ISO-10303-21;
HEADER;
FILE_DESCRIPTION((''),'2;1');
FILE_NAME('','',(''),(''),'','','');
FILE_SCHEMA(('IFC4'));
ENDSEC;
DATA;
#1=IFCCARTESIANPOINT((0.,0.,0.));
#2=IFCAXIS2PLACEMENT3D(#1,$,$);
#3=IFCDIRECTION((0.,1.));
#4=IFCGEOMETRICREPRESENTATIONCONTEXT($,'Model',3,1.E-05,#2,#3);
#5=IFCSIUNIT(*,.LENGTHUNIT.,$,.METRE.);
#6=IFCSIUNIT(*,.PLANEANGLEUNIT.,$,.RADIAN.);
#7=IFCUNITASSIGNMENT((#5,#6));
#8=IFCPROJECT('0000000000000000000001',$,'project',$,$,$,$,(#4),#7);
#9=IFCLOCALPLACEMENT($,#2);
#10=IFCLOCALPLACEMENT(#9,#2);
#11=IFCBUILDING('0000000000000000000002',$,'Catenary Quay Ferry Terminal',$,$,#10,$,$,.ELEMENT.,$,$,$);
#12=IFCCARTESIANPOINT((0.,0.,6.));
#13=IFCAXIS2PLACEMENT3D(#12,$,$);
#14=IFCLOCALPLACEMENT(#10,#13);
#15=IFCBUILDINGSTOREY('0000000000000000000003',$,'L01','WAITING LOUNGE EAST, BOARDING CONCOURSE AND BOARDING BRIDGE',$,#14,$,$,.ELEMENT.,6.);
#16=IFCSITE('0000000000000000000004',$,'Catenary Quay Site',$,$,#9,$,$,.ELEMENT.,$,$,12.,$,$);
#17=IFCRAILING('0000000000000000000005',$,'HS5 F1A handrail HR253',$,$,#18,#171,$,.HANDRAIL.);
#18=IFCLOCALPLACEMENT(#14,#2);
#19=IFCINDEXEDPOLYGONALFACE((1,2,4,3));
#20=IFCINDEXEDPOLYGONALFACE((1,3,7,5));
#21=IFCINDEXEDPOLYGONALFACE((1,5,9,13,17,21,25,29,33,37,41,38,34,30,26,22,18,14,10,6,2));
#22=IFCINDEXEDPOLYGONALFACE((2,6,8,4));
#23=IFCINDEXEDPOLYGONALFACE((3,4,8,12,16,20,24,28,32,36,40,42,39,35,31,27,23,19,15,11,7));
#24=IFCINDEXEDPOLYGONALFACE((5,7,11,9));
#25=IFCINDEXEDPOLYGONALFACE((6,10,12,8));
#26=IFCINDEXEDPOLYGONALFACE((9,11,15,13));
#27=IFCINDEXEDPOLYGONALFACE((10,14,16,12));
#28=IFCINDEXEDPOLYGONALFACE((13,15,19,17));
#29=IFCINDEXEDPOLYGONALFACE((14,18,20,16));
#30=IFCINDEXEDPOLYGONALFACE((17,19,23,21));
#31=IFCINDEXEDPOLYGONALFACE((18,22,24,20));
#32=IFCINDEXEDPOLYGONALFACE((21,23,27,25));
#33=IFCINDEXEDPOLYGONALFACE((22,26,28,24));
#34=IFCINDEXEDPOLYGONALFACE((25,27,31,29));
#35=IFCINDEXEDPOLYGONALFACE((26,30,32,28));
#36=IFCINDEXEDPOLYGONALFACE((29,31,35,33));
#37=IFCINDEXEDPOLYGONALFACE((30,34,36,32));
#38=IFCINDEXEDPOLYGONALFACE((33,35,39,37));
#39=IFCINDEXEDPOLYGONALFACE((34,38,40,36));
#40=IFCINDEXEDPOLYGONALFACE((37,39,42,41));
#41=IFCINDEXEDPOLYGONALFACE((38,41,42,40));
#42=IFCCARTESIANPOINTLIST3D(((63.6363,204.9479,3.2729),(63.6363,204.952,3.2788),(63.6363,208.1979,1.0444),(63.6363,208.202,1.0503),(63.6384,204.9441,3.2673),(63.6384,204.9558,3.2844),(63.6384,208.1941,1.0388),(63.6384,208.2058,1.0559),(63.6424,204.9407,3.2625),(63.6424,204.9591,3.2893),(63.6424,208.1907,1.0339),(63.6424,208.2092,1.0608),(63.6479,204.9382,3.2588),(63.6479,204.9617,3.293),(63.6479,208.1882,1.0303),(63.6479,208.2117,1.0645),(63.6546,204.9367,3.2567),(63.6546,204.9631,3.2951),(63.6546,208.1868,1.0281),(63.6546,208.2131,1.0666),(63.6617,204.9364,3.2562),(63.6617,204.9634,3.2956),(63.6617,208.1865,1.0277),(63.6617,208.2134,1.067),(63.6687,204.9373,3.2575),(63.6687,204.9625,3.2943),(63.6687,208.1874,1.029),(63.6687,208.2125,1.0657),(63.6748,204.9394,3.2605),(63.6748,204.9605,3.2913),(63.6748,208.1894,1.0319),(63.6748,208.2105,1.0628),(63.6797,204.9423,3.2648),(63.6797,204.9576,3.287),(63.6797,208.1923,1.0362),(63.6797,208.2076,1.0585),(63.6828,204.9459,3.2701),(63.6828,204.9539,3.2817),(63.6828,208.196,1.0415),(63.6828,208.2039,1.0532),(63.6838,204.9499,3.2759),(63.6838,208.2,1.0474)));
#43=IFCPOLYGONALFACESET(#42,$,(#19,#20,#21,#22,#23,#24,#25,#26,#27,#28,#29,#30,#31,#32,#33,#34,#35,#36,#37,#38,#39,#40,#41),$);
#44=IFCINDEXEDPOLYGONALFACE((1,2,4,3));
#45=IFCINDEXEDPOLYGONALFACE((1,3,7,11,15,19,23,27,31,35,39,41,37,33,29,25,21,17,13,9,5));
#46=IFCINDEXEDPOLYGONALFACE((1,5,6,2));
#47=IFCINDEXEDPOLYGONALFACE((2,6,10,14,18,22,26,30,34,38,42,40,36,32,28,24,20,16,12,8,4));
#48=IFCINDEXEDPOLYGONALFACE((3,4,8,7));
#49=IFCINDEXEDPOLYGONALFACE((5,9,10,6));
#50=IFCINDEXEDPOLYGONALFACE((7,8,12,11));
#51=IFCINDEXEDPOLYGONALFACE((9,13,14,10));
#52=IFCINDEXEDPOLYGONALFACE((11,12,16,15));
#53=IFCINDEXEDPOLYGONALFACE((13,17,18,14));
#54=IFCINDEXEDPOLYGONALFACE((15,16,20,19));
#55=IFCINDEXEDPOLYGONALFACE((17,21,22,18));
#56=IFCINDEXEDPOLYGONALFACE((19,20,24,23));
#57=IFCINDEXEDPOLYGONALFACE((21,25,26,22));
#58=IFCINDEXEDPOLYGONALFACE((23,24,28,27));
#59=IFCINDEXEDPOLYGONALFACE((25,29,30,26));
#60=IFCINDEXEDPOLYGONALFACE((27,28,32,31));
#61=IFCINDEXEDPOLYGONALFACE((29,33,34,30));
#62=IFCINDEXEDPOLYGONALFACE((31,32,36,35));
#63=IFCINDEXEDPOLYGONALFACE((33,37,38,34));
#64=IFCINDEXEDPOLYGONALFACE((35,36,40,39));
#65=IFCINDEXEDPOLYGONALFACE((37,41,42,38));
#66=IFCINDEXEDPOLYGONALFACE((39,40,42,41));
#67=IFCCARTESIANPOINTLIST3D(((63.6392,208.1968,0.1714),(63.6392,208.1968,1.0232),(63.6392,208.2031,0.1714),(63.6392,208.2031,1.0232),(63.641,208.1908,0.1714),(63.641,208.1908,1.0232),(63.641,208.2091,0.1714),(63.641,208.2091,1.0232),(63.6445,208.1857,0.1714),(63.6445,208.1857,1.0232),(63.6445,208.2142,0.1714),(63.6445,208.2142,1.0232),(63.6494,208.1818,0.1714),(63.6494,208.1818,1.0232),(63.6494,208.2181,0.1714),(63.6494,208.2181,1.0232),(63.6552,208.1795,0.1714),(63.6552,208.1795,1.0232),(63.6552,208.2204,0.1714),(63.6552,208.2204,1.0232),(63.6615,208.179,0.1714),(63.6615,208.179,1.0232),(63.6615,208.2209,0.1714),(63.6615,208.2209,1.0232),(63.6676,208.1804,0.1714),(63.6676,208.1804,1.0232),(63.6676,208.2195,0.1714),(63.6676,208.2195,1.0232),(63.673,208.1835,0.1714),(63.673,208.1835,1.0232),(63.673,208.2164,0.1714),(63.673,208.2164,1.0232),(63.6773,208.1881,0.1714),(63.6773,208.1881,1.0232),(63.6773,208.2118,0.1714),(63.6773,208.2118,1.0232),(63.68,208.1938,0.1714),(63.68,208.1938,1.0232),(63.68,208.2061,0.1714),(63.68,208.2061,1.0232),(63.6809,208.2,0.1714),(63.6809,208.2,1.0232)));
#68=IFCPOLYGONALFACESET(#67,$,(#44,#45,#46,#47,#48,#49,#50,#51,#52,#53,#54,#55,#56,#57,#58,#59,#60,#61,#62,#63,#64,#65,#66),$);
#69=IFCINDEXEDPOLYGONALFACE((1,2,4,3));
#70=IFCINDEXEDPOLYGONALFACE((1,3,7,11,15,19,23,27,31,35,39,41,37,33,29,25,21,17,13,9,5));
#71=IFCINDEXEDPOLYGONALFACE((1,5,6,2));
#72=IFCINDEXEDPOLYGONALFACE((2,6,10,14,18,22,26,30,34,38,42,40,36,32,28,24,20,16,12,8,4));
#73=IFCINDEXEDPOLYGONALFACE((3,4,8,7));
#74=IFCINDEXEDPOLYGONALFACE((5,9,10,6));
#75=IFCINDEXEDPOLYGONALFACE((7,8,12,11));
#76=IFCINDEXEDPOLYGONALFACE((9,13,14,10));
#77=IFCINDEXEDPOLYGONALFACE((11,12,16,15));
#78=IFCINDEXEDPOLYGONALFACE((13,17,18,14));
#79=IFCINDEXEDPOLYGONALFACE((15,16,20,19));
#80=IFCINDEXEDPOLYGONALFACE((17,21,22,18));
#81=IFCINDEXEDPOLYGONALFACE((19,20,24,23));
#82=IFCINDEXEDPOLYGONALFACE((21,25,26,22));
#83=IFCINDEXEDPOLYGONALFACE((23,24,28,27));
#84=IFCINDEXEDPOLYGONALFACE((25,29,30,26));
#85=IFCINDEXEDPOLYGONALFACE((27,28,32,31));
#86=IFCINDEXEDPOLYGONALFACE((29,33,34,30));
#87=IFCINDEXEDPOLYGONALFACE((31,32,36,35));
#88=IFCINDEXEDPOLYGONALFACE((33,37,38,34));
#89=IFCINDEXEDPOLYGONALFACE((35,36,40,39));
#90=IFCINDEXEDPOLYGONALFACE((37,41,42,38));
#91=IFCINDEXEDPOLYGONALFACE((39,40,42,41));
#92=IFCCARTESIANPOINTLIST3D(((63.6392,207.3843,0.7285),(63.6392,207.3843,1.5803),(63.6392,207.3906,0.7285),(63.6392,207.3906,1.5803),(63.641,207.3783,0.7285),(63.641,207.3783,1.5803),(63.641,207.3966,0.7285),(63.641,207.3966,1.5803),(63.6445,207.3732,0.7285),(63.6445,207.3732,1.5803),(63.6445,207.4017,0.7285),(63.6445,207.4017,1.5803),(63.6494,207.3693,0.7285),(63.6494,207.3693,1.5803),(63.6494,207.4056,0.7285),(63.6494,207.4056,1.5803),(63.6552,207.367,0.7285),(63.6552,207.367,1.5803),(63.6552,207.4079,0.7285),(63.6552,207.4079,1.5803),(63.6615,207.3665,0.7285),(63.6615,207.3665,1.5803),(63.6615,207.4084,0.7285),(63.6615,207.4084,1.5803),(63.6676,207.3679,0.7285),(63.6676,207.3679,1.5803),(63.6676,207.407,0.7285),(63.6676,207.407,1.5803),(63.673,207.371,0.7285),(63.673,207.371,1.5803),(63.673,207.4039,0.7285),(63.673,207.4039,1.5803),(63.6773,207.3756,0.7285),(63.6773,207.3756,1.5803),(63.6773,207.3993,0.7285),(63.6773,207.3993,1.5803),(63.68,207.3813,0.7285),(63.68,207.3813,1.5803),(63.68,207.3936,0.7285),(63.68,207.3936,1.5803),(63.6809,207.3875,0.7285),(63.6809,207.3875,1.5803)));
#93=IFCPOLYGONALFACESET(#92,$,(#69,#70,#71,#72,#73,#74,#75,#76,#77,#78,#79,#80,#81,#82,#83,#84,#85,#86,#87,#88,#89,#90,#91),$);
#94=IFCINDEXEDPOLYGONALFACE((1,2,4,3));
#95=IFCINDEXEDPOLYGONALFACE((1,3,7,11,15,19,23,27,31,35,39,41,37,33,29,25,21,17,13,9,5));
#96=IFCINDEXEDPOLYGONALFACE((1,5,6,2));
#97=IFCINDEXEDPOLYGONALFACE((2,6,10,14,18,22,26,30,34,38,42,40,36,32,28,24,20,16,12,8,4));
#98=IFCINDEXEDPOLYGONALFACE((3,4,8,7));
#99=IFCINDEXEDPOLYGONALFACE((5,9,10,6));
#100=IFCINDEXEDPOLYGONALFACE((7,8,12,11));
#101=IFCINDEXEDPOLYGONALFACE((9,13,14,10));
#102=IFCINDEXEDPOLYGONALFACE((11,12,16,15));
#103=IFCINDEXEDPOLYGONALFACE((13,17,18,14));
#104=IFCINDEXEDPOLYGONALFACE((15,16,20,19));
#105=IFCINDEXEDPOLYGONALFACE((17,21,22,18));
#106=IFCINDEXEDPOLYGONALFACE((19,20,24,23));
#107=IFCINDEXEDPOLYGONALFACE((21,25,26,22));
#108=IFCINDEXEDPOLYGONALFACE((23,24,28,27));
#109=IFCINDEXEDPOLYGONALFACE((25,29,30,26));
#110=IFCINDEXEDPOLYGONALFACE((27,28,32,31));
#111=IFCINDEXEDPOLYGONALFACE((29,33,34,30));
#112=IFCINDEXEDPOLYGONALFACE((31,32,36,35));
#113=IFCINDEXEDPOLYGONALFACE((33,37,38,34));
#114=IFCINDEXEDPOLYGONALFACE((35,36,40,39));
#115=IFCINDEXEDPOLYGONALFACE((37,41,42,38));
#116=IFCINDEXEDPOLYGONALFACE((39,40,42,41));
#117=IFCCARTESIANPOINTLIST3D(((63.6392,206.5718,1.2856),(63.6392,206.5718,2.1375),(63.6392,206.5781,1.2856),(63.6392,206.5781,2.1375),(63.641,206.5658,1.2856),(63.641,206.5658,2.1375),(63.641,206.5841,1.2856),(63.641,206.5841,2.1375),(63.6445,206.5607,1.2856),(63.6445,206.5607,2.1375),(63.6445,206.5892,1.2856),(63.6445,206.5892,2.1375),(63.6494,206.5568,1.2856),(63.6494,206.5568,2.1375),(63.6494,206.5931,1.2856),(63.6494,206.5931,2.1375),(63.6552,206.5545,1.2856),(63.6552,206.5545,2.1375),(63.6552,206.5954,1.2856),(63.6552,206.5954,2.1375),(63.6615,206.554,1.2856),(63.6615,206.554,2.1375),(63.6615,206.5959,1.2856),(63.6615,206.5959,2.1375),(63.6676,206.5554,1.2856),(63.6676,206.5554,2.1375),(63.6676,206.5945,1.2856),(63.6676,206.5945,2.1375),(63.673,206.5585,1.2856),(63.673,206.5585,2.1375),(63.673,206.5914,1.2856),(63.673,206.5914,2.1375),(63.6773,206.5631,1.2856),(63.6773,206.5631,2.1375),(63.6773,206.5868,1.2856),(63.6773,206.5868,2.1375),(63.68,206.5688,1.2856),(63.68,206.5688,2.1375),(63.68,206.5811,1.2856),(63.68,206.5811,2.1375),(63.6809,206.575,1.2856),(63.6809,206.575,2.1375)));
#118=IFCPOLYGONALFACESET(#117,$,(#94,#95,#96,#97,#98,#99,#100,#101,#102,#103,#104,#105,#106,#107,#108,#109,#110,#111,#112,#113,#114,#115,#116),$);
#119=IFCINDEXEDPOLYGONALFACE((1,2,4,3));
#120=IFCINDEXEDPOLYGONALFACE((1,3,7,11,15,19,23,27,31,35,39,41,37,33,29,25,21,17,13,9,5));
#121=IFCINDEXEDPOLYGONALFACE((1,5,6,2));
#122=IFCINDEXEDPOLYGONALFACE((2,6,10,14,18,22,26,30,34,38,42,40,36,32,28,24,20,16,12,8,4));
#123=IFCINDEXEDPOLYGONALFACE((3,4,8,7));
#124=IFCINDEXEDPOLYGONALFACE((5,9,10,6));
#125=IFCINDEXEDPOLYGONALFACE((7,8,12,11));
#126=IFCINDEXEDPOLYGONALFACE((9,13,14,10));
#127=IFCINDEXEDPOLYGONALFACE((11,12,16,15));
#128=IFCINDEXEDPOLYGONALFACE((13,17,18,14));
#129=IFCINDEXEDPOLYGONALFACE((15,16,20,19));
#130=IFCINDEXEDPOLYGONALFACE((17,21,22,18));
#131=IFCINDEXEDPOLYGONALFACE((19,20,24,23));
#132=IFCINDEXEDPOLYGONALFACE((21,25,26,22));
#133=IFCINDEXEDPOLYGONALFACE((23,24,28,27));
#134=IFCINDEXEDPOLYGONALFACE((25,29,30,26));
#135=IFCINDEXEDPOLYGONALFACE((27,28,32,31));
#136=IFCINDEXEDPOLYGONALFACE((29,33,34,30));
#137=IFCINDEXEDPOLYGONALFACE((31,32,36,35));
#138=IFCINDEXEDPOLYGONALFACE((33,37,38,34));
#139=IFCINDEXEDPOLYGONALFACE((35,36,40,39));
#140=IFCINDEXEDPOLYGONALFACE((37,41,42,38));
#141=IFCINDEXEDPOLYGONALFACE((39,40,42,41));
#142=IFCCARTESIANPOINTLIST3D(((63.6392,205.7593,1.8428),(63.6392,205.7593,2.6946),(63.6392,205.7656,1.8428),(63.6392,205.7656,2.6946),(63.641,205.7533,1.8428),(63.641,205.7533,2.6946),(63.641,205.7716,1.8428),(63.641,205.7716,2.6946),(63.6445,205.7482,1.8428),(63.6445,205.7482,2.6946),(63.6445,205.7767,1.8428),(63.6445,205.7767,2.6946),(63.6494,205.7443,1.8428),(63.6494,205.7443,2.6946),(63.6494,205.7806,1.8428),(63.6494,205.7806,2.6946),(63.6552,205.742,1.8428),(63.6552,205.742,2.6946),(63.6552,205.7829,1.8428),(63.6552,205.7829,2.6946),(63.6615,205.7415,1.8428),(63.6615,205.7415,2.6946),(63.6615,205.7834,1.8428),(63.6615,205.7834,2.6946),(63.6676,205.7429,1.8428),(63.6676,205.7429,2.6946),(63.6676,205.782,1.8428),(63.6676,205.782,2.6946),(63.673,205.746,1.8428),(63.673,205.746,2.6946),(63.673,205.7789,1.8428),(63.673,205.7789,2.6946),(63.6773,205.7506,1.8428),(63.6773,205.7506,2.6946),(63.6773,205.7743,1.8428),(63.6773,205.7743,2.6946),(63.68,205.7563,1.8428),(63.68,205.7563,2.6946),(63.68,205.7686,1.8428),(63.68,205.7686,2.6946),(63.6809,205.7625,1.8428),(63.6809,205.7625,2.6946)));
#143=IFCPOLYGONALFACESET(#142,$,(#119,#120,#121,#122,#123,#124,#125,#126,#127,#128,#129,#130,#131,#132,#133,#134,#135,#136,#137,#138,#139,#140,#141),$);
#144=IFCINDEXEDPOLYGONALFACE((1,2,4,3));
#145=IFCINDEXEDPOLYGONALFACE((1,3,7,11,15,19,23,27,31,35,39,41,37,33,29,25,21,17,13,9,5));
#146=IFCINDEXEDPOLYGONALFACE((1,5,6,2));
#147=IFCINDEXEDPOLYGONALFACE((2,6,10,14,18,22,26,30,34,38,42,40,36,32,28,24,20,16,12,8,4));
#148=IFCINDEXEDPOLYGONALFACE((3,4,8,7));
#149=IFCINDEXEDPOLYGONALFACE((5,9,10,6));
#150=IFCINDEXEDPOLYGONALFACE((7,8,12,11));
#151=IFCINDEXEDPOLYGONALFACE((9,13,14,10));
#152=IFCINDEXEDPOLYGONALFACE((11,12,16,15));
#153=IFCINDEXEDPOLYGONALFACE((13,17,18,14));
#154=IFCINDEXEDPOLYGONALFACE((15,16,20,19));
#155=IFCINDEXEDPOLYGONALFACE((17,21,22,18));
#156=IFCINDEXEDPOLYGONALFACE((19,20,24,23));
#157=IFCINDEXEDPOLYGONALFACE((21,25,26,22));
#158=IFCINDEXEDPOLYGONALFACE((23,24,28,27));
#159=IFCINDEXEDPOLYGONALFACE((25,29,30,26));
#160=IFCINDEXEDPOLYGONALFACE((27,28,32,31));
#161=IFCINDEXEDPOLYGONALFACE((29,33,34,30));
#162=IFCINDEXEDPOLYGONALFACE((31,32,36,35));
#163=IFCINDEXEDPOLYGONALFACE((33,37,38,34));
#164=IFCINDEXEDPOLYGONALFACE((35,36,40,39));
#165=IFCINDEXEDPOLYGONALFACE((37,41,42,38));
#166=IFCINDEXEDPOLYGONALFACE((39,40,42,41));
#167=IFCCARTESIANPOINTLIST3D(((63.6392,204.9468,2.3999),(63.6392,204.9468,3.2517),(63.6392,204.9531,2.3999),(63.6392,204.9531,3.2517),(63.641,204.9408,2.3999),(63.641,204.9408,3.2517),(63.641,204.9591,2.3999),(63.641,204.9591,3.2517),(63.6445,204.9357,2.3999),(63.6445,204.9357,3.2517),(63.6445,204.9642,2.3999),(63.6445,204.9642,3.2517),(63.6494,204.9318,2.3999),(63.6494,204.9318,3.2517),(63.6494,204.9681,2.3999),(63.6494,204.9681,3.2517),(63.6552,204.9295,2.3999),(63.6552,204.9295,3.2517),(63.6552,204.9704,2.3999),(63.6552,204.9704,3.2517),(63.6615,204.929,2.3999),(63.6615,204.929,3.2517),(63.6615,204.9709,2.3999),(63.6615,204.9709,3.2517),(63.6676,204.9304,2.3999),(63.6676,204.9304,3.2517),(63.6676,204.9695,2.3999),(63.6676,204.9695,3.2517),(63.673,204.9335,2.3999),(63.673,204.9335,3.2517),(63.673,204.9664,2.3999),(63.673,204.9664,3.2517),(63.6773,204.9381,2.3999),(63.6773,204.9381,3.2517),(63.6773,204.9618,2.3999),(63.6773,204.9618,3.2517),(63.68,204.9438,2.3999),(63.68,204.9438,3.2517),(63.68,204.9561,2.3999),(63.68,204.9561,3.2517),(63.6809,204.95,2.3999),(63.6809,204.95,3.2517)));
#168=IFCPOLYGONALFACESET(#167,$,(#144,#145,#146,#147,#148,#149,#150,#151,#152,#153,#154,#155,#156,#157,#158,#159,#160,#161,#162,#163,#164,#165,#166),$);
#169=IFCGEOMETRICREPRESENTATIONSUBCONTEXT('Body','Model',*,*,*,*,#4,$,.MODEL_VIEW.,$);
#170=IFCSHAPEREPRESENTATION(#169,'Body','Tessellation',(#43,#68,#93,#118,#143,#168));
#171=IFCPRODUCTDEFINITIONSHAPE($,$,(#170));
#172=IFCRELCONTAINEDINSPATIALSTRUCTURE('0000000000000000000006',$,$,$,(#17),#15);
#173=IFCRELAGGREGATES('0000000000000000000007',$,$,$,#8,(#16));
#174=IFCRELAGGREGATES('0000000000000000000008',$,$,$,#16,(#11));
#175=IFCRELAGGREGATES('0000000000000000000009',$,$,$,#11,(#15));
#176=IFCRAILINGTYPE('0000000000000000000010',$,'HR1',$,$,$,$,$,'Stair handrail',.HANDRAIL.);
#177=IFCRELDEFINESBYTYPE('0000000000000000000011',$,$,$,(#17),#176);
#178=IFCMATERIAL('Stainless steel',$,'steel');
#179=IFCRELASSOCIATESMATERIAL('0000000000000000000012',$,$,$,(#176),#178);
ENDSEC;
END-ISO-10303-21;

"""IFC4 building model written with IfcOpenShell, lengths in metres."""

from ifc_helpers import new_model, si_unit, direction, frame, origin, origin_2d, place, context, subcontext, project, spatial, circle, extrude, material, type_object, element, save


model = new_model("IFC4")

# Units and contexts
model_context = context("Model", 3, precision=1e-05, world=origin(), true_north=direction((0.0, 1.0)))
body_context = subcontext(model_context, "Body", "Model", "MODEL_VIEW")
ifc_project = project(units=[si_unit("LENGTHUNIT", "METRE"), si_unit("PLANEANGLEUNIT", "RADIAN")], contexts=[model_context])

# Site, building, storey
site_placement = place(None, origin())
site = spatial("IfcSite", under=ifc_project, at=site_placement, Name="Catenary Quay Site", CompositionType="ELEMENT", RefElevation=12.0)
building_placement = place(site_placement, origin())
building = spatial("IfcBuilding", under=site, at=building_placement, Name="Catenary Quay Ferry Terminal", CompositionType="ELEMENT")
storey_placement = place(building_placement, frame((0.0, 0.0, 6.0)))
storey = spatial("IfcBuildingStorey", under=building, at=storey_placement, Name="L01", Description="WAITING LOUNGE EAST, BOARDING CONCOURSE AND BOARDING BRIDGE", CompositionType="ELEMENT", Elevation=6.0)

# Railing
ifc_material_1 = material(Name="Stainless steel", Category="steel")
railing_type_1 = type_object("IfcRailingType", Name="HR1", ElementType="Stair handrail", PredefinedType="HANDRAIL", material=ifc_material_1)
railing_1_placement = place(storey_placement, frame((63.6599, 208.2, 0.1714)))
element("IfcRailing", 1, at=railing_1_placement, inside=storey, type_object=railing_type_1, Name="HS5 F1A handrail HR253", PredefinedType="HANDRAIL", context=body_context, shape_type="SweptSolid", body=[
    extrude(circle(Radius=0.0239, at=origin_2d()), frame((0.0, 0.0, 0.876), z_axis=(0.0, -0.824735, 0.565519), x_axis=(1.0, 0.0, 0.0)), (0.0, 0.0, 1.0), 3.9407),
    extrude(circle(Radius=0.021, at=origin_2d()), origin(), (0.0, 0.0, 1.0), 0.8518),
    extrude(circle(Radius=0.021, at=origin_2d()), frame((0.0, -0.8125, 0.5571)), (0.0, 0.0, 1.0), 0.8518),
    extrude(circle(Radius=0.021, at=origin_2d()), frame((0.0, -1.625, 1.1143)), (0.0, 0.0, 1.0), 0.8518),
    extrude(circle(Radius=0.021, at=origin_2d()), frame((0.0, -2.4375, 1.6714)), (0.0, 0.0, 1.0), 0.8518),
    extrude(circle(Radius=0.021, at=origin_2d()), frame((0.0, -3.25, 2.2285)), (0.0, 0.0, 1.0), 0.8518),
])

save(model, "model.ifc")
